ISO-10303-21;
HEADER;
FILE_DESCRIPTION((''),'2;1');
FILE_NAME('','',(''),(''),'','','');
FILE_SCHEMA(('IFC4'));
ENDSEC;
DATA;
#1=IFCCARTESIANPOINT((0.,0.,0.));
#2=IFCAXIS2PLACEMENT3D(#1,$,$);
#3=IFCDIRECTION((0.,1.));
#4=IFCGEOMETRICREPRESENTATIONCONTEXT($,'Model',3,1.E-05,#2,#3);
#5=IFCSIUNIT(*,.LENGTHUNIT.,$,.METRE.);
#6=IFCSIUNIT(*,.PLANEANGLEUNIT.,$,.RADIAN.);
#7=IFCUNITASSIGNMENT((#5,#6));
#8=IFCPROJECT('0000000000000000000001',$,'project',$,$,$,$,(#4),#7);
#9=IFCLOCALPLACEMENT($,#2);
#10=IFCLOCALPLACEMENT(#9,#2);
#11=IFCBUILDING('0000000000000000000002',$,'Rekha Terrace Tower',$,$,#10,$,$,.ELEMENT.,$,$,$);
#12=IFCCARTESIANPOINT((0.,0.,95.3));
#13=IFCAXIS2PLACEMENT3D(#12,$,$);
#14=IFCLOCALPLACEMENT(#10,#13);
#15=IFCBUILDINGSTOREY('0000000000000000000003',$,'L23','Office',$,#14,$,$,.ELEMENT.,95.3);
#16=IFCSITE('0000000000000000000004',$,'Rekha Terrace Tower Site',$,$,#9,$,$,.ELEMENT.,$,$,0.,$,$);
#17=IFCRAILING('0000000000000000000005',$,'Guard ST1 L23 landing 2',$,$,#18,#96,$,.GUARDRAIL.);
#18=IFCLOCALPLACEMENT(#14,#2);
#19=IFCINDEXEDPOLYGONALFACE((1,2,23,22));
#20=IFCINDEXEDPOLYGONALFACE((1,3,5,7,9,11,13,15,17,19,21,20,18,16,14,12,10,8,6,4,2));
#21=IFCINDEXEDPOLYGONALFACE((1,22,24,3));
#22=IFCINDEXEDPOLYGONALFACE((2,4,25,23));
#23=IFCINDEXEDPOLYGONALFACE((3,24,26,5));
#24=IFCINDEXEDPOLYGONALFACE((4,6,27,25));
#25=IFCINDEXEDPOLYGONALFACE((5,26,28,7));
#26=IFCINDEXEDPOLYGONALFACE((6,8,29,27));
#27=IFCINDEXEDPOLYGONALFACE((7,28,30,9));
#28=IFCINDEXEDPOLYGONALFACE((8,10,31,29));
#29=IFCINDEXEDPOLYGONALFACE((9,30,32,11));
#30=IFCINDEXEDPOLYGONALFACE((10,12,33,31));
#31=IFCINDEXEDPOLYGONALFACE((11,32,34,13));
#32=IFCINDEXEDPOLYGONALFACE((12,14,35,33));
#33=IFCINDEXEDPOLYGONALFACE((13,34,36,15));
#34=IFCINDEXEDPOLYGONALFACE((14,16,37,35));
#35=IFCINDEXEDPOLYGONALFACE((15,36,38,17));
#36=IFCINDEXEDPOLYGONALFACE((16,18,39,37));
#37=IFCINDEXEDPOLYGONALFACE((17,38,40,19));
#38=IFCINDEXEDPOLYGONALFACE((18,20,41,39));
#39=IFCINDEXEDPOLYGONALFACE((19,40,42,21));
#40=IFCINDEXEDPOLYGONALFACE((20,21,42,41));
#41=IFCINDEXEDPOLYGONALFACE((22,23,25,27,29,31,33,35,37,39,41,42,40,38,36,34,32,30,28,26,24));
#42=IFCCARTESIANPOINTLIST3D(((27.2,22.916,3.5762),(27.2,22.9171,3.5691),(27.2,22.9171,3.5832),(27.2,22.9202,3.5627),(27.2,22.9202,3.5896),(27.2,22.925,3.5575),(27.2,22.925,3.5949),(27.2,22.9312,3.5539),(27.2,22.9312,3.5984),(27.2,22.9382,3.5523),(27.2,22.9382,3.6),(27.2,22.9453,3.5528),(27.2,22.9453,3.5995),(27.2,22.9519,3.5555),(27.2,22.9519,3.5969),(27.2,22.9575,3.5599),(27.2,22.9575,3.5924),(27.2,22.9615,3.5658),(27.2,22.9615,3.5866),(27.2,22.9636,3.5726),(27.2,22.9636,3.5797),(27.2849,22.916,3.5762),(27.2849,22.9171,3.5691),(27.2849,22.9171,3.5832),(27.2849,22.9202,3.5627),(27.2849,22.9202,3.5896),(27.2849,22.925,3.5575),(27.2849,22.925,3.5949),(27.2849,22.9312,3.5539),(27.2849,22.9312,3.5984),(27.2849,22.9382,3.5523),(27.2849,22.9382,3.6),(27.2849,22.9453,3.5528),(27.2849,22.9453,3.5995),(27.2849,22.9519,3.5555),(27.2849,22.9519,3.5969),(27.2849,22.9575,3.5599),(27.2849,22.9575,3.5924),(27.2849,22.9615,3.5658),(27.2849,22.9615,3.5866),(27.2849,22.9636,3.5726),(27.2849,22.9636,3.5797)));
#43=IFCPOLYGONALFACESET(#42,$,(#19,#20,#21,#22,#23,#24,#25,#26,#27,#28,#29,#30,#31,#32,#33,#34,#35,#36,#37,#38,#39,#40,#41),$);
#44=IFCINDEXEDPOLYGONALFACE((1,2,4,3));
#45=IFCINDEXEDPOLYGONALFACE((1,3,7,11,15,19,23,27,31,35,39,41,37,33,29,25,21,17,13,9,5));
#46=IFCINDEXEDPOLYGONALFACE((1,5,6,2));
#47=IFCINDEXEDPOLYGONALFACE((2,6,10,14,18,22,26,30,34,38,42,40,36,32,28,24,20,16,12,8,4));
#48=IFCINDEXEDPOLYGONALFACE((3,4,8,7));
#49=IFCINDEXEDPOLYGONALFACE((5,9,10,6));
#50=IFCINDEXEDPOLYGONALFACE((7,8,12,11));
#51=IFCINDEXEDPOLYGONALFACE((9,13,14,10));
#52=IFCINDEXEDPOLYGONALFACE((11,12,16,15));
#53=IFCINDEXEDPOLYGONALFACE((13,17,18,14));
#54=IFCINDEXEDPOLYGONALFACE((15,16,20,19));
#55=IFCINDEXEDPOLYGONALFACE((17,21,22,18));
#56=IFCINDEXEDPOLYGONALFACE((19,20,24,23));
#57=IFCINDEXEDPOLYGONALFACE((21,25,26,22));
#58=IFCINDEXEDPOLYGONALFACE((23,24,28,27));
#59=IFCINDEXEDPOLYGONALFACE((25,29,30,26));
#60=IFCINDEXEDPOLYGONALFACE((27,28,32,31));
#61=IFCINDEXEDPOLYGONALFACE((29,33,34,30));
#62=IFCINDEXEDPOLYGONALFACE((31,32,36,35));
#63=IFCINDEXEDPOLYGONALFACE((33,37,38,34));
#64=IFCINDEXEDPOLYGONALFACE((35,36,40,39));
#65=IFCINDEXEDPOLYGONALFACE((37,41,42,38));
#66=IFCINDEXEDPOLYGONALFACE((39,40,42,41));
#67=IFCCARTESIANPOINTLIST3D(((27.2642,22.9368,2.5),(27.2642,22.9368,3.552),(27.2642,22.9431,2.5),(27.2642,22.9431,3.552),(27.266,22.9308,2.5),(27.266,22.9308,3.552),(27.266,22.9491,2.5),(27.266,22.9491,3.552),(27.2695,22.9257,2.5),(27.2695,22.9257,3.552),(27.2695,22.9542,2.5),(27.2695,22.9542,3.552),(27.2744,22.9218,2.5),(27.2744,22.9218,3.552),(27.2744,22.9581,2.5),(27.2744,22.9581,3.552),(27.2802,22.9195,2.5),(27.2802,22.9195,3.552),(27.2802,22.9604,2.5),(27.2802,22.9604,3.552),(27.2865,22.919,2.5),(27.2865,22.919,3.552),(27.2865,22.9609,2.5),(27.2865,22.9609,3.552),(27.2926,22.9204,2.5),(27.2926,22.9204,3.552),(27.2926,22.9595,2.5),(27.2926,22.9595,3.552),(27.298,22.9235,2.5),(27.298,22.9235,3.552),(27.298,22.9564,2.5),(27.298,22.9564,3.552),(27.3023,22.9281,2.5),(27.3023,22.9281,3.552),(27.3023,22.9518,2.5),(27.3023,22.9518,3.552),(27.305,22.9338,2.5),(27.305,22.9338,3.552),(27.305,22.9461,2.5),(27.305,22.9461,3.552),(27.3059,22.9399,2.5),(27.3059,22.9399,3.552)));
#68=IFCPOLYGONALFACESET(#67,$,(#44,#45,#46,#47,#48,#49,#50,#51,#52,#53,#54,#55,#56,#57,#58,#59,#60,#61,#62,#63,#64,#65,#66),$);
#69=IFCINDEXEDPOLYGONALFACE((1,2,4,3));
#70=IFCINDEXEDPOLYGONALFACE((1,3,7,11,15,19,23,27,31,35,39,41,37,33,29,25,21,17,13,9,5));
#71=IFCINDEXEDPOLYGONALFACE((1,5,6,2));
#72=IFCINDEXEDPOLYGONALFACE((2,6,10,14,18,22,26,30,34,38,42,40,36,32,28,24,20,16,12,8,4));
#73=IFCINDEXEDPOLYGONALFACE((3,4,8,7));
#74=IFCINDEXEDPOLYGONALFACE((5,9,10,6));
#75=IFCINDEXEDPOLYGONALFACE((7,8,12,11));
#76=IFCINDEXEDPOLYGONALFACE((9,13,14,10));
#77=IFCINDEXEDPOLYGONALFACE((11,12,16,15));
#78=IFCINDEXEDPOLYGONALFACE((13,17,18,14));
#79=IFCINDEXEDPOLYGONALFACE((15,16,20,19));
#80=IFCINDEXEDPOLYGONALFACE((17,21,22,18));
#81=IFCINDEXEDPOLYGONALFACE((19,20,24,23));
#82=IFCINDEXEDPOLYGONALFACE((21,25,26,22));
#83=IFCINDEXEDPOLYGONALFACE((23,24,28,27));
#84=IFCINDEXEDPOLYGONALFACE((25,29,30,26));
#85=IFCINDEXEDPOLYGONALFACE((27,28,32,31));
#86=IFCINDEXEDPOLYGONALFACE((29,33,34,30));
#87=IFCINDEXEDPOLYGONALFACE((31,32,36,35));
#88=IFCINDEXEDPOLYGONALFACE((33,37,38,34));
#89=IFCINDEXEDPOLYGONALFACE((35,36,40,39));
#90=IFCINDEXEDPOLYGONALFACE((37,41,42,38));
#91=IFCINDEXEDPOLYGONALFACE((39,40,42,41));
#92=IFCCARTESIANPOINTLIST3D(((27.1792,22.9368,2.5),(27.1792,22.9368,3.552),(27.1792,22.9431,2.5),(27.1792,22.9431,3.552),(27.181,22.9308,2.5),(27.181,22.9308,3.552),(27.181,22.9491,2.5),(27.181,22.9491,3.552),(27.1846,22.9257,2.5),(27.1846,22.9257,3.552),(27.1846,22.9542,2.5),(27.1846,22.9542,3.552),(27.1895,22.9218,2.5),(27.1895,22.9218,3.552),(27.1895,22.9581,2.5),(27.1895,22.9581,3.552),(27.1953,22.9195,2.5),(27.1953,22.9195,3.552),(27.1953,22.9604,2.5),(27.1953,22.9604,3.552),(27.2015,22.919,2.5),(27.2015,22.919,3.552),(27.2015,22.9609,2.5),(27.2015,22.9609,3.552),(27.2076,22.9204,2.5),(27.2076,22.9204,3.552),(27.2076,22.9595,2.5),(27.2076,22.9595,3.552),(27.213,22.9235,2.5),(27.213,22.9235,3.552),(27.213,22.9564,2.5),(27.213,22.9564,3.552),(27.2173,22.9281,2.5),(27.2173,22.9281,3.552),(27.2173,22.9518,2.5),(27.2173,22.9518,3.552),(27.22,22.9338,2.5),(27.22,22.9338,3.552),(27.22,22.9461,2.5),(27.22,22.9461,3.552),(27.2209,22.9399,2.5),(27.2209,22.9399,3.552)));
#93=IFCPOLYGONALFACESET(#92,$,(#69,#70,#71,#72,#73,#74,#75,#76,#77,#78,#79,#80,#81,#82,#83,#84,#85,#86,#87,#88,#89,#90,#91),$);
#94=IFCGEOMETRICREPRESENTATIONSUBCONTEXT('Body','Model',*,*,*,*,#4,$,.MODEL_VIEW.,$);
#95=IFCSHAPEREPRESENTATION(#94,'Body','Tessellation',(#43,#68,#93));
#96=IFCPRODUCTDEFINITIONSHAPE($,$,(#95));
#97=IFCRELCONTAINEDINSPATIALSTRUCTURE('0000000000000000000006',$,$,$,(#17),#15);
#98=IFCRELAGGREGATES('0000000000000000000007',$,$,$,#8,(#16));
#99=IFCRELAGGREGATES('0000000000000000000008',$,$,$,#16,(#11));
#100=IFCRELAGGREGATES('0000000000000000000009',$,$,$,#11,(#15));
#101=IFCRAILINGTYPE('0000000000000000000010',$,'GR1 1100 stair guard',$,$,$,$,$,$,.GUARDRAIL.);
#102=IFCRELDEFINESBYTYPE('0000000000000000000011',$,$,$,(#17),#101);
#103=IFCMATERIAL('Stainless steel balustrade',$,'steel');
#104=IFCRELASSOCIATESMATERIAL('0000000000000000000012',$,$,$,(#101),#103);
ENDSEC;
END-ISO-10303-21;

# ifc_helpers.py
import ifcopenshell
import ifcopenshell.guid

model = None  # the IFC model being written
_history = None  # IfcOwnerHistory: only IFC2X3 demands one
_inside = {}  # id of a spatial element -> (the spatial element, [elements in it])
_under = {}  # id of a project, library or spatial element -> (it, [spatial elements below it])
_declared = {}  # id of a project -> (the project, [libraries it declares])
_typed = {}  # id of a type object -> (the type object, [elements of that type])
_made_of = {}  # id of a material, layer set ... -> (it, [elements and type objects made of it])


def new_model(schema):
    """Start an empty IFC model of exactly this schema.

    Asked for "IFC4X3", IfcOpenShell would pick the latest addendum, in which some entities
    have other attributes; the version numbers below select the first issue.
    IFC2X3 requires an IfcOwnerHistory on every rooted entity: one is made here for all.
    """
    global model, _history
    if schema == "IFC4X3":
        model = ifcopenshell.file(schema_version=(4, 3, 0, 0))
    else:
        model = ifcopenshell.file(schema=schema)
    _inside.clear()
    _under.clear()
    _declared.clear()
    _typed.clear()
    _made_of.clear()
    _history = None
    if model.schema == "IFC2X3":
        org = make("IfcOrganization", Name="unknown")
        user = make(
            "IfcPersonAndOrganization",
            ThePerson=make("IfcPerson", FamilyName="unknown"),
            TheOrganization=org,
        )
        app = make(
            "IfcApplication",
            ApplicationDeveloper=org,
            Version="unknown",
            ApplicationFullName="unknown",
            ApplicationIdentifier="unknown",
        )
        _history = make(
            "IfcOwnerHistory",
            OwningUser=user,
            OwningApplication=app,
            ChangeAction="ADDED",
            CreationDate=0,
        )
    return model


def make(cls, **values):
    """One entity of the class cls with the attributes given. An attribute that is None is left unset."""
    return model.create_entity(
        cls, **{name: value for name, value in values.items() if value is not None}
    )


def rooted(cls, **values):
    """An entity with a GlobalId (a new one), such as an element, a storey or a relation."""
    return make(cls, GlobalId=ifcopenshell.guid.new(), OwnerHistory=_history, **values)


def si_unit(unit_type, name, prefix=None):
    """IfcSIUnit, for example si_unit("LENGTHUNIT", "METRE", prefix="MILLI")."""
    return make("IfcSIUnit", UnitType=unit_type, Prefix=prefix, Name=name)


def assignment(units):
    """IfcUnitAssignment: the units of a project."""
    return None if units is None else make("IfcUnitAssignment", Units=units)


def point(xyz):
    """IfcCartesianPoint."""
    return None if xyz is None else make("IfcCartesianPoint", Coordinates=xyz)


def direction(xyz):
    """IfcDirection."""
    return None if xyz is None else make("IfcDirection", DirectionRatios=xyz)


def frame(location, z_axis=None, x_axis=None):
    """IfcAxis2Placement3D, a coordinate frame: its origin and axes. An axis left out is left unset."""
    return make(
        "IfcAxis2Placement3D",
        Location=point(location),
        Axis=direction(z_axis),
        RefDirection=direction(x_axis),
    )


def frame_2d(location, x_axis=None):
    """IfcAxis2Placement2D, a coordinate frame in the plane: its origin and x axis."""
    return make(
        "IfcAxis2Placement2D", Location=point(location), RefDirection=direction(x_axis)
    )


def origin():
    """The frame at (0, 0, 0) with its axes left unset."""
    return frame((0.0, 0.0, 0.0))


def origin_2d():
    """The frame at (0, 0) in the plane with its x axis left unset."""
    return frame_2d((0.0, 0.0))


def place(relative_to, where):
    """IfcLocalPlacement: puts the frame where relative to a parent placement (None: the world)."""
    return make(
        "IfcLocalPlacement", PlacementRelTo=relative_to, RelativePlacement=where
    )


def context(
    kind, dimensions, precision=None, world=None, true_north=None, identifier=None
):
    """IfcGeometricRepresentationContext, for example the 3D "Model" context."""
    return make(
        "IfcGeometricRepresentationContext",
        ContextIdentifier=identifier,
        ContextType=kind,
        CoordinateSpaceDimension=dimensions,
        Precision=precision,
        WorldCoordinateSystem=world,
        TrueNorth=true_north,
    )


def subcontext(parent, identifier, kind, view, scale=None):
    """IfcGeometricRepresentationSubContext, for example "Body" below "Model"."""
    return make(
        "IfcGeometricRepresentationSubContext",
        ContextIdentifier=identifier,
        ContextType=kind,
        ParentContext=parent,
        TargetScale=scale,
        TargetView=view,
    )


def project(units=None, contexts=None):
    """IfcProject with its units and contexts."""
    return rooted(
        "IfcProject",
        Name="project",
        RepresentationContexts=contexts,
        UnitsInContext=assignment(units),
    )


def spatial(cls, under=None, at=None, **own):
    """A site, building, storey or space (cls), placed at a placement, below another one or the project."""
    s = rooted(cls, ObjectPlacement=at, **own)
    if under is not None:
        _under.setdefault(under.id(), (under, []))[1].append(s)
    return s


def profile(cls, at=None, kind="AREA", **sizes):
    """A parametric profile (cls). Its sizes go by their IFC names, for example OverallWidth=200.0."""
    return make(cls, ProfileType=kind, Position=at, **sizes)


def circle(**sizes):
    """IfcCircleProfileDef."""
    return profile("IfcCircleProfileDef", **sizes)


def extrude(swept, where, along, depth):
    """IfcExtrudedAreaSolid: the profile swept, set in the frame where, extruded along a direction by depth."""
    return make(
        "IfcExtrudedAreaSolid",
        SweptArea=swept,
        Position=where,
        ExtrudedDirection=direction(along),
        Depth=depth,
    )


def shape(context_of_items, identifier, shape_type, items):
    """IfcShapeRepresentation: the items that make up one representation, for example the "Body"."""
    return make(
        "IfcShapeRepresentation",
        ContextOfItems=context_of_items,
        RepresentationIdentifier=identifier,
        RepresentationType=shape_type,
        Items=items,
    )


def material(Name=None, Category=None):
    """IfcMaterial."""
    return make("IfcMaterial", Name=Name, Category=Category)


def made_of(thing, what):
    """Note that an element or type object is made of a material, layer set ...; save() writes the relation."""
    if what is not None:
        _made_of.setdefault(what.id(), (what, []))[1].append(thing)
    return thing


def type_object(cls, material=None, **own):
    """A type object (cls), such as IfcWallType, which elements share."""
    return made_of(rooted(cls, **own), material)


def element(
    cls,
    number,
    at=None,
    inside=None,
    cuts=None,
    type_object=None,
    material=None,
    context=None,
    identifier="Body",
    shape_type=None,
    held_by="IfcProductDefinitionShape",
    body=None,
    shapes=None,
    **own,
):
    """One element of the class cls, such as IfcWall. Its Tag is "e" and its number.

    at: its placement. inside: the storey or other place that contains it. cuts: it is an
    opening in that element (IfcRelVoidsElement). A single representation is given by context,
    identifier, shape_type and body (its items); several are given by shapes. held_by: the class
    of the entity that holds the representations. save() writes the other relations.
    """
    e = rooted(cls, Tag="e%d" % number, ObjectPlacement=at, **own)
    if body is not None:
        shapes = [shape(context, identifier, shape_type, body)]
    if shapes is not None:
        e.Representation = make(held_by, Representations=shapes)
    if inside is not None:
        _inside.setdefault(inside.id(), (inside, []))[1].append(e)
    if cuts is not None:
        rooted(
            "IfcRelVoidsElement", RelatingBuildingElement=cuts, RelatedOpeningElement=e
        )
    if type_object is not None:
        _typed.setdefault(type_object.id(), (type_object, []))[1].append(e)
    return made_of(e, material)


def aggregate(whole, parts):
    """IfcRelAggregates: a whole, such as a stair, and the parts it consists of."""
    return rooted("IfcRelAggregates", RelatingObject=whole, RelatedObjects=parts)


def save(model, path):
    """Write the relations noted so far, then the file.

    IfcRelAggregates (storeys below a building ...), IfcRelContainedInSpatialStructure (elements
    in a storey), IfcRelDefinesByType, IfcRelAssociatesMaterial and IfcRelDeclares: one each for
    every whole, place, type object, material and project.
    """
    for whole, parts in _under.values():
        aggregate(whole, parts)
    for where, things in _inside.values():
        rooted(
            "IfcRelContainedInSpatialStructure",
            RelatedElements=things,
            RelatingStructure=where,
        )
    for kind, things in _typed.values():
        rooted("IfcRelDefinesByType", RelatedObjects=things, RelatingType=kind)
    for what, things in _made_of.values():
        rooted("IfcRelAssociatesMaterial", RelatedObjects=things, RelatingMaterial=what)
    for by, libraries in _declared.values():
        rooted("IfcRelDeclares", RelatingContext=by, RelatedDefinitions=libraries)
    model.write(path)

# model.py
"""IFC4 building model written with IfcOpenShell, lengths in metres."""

from ifc_helpers import new_model, si_unit, direction, frame, origin, origin_2d, place, context, subcontext, project, spatial, circle, extrude, material, type_object, element, save


model = new_model("IFC4")

# Units and contexts
model_context = context("Model", 3, precision=1e-05, world=origin(), true_north=direction((0.0, 1.0)))
body_context = subcontext(model_context, "Body", "Model", "MODEL_VIEW")
ifc_project = project(units=[si_unit("LENGTHUNIT", "METRE"), si_unit("PLANEANGLEUNIT", "RADIAN")], contexts=[model_context])

# Site, building, storey
site_placement = place(None, origin())
site = spatial("IfcSite", under=ifc_project, at=site_placement, Name="Rekha Terrace Tower Site", CompositionType="ELEMENT", RefElevation=0.0)
building_placement = place(site_placement, origin())
building = spatial("IfcBuilding", under=site, at=building_placement, Name="Rekha Terrace Tower", CompositionType="ELEMENT")
storey_placement = place(building_placement, frame((0.0, 0.0, 95.3)))
storey = spatial("IfcBuildingStorey", under=building, at=storey_placement, Name="L23", Description="Office", CompositionType="ELEMENT", Elevation=95.3)

# Railing
ifc_material_1 = material(Name="Stainless steel balustrade", Category="steel")
railing_type_1 = type_object("IfcRailingType", Name="GR1 1100 stair guard", PredefinedType="GUARDRAIL", material=ifc_material_1)
railing_1_placement = place(storey_placement, frame((27.2849, 22.9399, 2.5)))
element("IfcRailing", 1, at=railing_1_placement, inside=storey, type_object=railing_type_1, Name="Guard ST1 L23 landing 2", PredefinedType="GUARDRAIL", context=body_context, shape_type="SweptSolid", body=[
    extrude(circle(Radius=0.0239, at=origin_2d()), frame((0.0, 0.0, 1.0762), z_axis=(-1.0, 0.0, 0.0), x_axis=(0.0, -1.0, 0.0)), (0.0, 0.0, 1.0), 0.085),
    extrude(circle(Radius=0.021, at=origin_2d()), origin(), (0.0, 0.0, 1.0), 1.052),
    extrude(circle(Radius=0.021, at=origin_2d()), frame((-0.085, 0.0, 0.0)), (0.0, 0.0, 1.0), 1.052),
])

save(model, "model.ifc")
